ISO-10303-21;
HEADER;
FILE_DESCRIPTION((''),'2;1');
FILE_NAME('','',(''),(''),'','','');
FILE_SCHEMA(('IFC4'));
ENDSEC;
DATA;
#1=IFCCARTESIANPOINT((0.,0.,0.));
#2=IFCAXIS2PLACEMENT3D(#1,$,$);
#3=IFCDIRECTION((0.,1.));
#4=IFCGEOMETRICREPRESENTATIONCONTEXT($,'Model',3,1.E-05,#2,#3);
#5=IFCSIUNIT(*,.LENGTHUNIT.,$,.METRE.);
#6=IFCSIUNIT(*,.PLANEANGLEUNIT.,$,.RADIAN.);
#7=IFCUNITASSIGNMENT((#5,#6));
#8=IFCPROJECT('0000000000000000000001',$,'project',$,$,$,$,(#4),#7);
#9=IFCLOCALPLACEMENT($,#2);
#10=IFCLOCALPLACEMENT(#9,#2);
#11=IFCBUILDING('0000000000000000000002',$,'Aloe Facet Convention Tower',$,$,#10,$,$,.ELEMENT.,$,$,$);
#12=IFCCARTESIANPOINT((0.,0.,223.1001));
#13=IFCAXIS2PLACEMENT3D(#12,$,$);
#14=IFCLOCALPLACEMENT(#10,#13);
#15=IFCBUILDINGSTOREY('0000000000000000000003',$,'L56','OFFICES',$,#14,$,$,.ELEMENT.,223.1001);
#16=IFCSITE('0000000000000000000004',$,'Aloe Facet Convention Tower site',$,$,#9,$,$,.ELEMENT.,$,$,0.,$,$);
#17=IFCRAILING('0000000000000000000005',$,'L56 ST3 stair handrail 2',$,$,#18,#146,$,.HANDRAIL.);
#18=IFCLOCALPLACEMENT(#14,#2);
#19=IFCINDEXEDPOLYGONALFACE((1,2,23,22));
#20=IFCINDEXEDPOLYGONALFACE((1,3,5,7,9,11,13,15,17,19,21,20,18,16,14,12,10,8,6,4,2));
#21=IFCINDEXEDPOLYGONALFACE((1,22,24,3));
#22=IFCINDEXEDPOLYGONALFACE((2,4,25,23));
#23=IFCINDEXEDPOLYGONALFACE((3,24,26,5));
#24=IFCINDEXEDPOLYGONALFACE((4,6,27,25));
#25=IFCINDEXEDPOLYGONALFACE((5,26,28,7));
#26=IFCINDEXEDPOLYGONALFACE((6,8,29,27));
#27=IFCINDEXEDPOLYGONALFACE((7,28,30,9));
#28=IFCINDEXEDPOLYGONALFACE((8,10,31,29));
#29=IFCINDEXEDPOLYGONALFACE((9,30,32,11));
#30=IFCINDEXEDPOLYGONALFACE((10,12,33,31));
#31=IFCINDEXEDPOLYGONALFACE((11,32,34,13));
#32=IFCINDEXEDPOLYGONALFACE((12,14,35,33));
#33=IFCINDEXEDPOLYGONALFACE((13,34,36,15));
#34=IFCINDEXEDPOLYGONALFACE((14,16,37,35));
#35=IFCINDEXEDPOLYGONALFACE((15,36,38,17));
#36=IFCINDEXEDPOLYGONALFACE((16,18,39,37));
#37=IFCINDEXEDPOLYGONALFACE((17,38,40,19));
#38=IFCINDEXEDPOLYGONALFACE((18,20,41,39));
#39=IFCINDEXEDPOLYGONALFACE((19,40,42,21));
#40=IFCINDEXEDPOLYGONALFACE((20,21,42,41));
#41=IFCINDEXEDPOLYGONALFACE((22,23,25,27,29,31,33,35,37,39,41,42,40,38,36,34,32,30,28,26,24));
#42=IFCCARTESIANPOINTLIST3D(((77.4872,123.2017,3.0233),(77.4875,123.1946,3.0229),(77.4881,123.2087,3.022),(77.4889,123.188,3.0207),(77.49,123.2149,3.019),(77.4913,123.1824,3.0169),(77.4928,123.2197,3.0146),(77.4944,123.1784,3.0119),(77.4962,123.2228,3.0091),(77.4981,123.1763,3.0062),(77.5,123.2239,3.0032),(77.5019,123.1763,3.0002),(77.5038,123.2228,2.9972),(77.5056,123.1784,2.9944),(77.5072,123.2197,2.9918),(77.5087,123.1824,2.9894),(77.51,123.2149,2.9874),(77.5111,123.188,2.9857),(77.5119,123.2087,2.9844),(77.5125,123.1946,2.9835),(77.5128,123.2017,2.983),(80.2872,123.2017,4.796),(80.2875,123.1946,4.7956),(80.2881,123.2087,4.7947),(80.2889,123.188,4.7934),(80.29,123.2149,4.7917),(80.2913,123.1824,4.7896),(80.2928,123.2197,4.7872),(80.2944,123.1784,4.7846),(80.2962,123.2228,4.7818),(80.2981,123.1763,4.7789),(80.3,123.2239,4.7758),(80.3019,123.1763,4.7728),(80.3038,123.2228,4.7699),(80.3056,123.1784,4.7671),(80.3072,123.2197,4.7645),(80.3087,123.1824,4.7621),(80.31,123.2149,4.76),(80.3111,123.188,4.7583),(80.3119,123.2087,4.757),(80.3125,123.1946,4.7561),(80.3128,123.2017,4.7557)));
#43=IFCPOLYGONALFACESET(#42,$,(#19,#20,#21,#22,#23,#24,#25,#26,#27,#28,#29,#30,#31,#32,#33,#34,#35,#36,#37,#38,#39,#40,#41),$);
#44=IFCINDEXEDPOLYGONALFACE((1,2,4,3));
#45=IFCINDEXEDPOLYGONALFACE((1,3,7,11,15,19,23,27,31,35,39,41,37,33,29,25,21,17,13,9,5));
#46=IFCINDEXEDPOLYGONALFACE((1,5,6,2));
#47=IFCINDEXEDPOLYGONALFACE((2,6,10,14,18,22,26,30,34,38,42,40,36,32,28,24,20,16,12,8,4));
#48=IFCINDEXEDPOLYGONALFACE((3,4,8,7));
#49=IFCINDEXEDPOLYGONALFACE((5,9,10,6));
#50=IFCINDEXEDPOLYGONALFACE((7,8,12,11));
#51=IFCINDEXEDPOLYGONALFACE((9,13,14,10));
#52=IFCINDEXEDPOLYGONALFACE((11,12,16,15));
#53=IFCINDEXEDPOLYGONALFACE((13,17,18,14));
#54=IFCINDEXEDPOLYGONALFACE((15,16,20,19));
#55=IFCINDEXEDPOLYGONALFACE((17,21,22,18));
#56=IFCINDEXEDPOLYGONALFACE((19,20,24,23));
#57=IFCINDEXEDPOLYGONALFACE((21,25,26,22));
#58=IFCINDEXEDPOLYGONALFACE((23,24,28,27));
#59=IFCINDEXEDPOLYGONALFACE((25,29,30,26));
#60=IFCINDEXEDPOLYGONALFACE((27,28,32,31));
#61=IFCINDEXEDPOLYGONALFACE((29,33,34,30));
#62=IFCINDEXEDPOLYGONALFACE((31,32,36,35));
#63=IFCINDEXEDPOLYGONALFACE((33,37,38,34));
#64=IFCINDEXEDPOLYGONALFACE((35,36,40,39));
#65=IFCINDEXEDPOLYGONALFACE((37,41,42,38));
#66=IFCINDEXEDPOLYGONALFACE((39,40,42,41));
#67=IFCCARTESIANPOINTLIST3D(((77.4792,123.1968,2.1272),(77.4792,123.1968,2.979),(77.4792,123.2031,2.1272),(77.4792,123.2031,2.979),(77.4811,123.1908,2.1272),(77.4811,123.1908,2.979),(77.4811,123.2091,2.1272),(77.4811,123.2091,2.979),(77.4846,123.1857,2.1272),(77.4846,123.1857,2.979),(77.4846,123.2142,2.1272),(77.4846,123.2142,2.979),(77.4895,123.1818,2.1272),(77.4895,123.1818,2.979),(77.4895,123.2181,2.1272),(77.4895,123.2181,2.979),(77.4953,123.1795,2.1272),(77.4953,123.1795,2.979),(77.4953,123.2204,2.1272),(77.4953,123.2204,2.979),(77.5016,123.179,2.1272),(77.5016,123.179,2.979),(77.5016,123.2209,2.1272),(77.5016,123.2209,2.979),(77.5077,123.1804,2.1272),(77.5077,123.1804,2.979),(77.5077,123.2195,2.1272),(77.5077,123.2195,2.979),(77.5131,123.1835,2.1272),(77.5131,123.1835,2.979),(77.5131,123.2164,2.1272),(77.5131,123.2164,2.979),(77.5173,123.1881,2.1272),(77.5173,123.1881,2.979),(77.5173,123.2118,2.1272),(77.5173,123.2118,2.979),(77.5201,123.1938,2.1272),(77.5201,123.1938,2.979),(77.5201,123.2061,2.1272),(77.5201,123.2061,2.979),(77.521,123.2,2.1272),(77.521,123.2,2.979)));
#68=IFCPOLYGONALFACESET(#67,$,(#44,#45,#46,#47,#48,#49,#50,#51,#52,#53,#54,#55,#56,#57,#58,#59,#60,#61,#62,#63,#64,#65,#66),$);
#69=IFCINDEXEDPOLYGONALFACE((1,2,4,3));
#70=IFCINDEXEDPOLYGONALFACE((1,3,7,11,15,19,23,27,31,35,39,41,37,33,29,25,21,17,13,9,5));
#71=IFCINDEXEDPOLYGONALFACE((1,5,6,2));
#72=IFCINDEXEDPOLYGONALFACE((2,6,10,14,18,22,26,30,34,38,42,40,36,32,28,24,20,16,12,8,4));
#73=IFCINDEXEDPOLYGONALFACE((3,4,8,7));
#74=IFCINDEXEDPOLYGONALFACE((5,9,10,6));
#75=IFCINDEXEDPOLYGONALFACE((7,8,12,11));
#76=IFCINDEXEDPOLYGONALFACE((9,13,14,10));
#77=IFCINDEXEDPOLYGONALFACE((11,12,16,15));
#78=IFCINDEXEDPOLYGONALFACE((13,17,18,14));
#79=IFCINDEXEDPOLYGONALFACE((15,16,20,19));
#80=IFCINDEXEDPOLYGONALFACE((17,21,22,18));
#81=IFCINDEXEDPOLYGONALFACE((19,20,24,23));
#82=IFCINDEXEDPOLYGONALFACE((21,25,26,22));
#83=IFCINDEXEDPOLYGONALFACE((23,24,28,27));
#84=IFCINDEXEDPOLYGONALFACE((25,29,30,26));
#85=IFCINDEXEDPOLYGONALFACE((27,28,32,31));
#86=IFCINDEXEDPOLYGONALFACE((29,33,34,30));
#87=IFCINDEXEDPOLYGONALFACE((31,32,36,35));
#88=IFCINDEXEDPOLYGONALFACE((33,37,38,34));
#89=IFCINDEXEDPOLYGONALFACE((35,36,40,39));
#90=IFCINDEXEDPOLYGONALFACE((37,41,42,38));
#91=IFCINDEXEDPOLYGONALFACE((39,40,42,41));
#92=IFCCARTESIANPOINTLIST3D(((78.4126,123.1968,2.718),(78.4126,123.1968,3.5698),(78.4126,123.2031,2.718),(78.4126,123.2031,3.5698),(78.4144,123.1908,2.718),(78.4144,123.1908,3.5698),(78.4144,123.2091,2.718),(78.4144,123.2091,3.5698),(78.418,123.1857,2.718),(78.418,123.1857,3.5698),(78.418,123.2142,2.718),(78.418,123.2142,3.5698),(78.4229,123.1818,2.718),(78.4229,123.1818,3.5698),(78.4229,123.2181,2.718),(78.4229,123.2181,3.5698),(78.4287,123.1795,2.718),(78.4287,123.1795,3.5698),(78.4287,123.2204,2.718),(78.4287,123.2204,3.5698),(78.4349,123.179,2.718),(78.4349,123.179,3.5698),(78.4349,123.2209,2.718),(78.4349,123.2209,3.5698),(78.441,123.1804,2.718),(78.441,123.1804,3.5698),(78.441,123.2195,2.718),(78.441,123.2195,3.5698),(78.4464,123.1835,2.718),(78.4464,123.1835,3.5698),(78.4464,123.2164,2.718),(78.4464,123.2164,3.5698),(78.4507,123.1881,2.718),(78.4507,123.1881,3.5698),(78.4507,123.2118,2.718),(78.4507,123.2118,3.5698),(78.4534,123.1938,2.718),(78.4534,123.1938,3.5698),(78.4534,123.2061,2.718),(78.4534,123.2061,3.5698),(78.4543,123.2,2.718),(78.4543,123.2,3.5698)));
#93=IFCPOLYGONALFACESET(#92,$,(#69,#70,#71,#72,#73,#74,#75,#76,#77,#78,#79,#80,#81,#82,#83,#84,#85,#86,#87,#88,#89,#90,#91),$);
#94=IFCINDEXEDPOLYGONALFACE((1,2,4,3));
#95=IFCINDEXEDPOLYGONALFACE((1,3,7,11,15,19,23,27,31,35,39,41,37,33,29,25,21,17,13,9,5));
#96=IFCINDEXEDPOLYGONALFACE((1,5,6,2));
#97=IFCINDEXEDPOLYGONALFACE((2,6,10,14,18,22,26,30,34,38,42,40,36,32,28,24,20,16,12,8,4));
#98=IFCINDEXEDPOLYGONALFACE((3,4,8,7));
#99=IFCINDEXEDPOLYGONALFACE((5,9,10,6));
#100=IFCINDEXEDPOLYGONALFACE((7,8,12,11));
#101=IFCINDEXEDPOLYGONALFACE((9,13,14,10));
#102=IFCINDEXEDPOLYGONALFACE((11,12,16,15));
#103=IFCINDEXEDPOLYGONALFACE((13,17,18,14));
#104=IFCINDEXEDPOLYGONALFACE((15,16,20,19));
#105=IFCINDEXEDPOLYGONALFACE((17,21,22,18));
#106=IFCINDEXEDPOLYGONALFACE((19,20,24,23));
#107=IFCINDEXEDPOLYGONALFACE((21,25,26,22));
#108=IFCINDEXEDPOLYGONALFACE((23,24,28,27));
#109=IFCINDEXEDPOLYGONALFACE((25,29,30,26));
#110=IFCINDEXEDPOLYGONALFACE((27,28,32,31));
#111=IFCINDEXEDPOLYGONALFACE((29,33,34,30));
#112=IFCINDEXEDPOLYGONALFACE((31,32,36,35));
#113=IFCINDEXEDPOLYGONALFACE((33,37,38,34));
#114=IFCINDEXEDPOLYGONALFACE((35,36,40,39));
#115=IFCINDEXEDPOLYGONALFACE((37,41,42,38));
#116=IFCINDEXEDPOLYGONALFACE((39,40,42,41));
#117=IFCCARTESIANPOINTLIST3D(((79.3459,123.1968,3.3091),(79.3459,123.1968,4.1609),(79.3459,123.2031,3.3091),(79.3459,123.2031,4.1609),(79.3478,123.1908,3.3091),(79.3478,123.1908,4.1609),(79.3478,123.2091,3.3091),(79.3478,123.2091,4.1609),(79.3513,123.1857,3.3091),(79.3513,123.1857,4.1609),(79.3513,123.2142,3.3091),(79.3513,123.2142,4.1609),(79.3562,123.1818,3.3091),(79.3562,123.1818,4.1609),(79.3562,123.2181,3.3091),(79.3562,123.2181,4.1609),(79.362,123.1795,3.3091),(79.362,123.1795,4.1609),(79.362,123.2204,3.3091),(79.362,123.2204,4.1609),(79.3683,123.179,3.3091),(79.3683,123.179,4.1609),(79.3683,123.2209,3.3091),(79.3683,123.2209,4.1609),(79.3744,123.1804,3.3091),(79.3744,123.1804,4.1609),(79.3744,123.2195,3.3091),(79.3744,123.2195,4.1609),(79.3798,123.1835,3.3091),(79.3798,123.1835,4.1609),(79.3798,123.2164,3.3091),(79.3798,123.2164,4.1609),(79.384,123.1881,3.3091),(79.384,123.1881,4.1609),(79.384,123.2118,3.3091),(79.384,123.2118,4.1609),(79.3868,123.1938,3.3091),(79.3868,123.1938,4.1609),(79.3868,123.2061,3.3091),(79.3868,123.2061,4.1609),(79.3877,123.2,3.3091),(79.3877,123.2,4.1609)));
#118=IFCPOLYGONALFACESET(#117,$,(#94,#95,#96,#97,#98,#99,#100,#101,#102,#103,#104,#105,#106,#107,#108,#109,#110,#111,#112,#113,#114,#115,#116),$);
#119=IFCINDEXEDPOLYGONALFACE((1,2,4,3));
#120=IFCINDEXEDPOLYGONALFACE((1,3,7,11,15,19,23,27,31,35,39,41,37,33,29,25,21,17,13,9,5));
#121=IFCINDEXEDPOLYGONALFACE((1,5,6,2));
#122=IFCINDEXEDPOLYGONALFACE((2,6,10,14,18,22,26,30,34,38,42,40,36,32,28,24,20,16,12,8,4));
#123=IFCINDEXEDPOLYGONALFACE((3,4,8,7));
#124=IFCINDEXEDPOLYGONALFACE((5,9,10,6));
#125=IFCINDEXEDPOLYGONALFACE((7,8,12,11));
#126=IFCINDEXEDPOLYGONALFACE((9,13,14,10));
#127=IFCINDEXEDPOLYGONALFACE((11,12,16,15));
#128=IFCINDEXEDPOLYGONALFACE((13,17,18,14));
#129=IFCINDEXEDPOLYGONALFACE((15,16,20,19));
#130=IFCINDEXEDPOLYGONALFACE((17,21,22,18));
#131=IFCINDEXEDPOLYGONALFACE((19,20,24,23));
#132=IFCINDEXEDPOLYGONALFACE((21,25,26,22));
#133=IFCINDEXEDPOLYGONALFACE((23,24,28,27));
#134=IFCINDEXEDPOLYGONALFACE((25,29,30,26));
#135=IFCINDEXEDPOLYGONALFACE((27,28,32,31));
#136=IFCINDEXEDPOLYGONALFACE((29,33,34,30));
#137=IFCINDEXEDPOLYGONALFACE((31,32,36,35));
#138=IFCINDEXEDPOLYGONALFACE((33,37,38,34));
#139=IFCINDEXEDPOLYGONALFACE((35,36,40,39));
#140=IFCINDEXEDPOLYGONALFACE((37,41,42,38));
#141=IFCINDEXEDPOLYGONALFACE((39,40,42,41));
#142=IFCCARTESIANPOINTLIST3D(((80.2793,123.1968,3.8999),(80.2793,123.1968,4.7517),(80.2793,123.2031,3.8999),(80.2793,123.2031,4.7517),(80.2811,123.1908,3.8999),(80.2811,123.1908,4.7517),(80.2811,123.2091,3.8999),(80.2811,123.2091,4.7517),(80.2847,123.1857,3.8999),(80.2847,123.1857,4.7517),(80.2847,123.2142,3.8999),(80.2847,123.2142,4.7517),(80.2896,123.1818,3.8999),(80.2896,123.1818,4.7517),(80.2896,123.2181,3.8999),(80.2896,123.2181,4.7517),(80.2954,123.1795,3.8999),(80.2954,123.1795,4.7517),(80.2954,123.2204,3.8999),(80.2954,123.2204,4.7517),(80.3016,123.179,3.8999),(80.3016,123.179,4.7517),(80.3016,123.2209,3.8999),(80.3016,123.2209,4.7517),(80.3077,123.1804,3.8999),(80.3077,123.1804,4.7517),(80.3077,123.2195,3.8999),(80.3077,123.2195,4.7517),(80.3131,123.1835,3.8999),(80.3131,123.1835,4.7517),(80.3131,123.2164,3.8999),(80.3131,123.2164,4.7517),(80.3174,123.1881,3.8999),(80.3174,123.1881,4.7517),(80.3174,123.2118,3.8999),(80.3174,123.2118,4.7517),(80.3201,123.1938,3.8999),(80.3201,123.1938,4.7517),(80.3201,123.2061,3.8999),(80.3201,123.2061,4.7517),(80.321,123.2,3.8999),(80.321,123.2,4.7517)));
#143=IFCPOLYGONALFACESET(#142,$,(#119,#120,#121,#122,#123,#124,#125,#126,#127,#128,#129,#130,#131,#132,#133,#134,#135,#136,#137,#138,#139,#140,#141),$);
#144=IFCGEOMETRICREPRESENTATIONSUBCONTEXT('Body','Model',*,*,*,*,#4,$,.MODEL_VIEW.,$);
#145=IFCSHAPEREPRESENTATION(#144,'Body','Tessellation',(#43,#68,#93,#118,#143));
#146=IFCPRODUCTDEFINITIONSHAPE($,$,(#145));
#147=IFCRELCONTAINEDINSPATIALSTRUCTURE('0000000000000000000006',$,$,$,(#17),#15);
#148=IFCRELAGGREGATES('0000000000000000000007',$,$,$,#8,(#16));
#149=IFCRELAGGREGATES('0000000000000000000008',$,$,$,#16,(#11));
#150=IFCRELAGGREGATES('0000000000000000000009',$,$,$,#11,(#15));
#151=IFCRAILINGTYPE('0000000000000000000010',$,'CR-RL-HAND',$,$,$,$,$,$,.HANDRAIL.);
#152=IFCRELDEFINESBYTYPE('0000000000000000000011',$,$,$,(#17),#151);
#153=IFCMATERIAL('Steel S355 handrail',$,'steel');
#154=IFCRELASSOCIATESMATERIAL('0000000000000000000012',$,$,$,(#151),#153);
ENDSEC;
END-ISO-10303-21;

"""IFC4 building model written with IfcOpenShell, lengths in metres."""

from ifc_helpers import new_model, si_unit, direction, frame, origin, origin_2d, place, context, subcontext, project, spatial, circle, extrude, material, type_object, element, save


model = new_model("IFC4")

# Units and contexts
model_context = context("Model", 3, precision=1e-05, world=origin(), true_north=direction((0.0, 1.0)))
body_context = subcontext(model_context, "Body", "Model", "MODEL_VIEW")
ifc_project = project(units=[si_unit("LENGTHUNIT", "METRE"), si_unit("PLANEANGLEUNIT", "RADIAN")], contexts=[model_context])

# Site, building, storey
site_placement = place(None, origin())
site = spatial("IfcSite", under=ifc_project, at=site_placement, Name="Aloe Facet Convention Tower site", CompositionType="ELEMENT", RefElevation=0.0)
building_placement = place(site_placement, origin())
building = spatial("IfcBuilding", under=site, at=building_placement, Name="Aloe Facet Convention Tower", CompositionType="ELEMENT")
storey_placement = place(building_placement, frame((0.0, 0.0, 223.1001)))
storey = spatial("IfcBuildingStorey", under=building, at=storey_placement, Name="L56", Description="OFFICES", CompositionType="ELEMENT", Elevation=223.1001)

# Railing
ifc_material_1 = material(Name="Steel S355 handrail", Category="steel")
railing_type_1 = type_object("IfcRailingType", Name="CR-RL-HAND", PredefinedType="HANDRAIL", material=ifc_material_1)
railing_1_placement = place(storey_placement, frame((77.5, 123.2, 2.1272)))
element("IfcRailing", 1, at=railing_1_placement, inside=storey, type_object=railing_type_1, Name="L56 ST3 stair handrail 2", PredefinedType="HANDRAIL", context=body_context, shape_type="SweptSolid", body=[
    extrude(circle(Radius=0.0239, at=origin_2d()), frame((0.0, 0.0, 0.876), z_axis=(0.844909, 0.0, 0.53491), x_axis=(0.0, 1.0, 0.0)), (0.0, 0.0, 1.0), 3.314),
    extrude(circle(Radius=0.021, at=origin_2d()), origin(), (0.0, 0.0, 1.0), 0.8518),
    extrude(circle(Radius=0.021, at=origin_2d()), frame((0.9333, 0.0, 0.5908)), (0.0, 0.0, 1.0), 0.8518),
    extrude(circle(Radius=0.021, at=origin_2d()), frame((1.8667, 0.0, 1.1819)), (0.0, 0.0, 1.0), 0.8518),
    extrude(circle(Radius=0.021, at=origin_2d()), frame((2.8, 0.0, 1.7727)), (0.0, 0.0, 1.0), 0.8518),
])

save(model, "model.ifc")
